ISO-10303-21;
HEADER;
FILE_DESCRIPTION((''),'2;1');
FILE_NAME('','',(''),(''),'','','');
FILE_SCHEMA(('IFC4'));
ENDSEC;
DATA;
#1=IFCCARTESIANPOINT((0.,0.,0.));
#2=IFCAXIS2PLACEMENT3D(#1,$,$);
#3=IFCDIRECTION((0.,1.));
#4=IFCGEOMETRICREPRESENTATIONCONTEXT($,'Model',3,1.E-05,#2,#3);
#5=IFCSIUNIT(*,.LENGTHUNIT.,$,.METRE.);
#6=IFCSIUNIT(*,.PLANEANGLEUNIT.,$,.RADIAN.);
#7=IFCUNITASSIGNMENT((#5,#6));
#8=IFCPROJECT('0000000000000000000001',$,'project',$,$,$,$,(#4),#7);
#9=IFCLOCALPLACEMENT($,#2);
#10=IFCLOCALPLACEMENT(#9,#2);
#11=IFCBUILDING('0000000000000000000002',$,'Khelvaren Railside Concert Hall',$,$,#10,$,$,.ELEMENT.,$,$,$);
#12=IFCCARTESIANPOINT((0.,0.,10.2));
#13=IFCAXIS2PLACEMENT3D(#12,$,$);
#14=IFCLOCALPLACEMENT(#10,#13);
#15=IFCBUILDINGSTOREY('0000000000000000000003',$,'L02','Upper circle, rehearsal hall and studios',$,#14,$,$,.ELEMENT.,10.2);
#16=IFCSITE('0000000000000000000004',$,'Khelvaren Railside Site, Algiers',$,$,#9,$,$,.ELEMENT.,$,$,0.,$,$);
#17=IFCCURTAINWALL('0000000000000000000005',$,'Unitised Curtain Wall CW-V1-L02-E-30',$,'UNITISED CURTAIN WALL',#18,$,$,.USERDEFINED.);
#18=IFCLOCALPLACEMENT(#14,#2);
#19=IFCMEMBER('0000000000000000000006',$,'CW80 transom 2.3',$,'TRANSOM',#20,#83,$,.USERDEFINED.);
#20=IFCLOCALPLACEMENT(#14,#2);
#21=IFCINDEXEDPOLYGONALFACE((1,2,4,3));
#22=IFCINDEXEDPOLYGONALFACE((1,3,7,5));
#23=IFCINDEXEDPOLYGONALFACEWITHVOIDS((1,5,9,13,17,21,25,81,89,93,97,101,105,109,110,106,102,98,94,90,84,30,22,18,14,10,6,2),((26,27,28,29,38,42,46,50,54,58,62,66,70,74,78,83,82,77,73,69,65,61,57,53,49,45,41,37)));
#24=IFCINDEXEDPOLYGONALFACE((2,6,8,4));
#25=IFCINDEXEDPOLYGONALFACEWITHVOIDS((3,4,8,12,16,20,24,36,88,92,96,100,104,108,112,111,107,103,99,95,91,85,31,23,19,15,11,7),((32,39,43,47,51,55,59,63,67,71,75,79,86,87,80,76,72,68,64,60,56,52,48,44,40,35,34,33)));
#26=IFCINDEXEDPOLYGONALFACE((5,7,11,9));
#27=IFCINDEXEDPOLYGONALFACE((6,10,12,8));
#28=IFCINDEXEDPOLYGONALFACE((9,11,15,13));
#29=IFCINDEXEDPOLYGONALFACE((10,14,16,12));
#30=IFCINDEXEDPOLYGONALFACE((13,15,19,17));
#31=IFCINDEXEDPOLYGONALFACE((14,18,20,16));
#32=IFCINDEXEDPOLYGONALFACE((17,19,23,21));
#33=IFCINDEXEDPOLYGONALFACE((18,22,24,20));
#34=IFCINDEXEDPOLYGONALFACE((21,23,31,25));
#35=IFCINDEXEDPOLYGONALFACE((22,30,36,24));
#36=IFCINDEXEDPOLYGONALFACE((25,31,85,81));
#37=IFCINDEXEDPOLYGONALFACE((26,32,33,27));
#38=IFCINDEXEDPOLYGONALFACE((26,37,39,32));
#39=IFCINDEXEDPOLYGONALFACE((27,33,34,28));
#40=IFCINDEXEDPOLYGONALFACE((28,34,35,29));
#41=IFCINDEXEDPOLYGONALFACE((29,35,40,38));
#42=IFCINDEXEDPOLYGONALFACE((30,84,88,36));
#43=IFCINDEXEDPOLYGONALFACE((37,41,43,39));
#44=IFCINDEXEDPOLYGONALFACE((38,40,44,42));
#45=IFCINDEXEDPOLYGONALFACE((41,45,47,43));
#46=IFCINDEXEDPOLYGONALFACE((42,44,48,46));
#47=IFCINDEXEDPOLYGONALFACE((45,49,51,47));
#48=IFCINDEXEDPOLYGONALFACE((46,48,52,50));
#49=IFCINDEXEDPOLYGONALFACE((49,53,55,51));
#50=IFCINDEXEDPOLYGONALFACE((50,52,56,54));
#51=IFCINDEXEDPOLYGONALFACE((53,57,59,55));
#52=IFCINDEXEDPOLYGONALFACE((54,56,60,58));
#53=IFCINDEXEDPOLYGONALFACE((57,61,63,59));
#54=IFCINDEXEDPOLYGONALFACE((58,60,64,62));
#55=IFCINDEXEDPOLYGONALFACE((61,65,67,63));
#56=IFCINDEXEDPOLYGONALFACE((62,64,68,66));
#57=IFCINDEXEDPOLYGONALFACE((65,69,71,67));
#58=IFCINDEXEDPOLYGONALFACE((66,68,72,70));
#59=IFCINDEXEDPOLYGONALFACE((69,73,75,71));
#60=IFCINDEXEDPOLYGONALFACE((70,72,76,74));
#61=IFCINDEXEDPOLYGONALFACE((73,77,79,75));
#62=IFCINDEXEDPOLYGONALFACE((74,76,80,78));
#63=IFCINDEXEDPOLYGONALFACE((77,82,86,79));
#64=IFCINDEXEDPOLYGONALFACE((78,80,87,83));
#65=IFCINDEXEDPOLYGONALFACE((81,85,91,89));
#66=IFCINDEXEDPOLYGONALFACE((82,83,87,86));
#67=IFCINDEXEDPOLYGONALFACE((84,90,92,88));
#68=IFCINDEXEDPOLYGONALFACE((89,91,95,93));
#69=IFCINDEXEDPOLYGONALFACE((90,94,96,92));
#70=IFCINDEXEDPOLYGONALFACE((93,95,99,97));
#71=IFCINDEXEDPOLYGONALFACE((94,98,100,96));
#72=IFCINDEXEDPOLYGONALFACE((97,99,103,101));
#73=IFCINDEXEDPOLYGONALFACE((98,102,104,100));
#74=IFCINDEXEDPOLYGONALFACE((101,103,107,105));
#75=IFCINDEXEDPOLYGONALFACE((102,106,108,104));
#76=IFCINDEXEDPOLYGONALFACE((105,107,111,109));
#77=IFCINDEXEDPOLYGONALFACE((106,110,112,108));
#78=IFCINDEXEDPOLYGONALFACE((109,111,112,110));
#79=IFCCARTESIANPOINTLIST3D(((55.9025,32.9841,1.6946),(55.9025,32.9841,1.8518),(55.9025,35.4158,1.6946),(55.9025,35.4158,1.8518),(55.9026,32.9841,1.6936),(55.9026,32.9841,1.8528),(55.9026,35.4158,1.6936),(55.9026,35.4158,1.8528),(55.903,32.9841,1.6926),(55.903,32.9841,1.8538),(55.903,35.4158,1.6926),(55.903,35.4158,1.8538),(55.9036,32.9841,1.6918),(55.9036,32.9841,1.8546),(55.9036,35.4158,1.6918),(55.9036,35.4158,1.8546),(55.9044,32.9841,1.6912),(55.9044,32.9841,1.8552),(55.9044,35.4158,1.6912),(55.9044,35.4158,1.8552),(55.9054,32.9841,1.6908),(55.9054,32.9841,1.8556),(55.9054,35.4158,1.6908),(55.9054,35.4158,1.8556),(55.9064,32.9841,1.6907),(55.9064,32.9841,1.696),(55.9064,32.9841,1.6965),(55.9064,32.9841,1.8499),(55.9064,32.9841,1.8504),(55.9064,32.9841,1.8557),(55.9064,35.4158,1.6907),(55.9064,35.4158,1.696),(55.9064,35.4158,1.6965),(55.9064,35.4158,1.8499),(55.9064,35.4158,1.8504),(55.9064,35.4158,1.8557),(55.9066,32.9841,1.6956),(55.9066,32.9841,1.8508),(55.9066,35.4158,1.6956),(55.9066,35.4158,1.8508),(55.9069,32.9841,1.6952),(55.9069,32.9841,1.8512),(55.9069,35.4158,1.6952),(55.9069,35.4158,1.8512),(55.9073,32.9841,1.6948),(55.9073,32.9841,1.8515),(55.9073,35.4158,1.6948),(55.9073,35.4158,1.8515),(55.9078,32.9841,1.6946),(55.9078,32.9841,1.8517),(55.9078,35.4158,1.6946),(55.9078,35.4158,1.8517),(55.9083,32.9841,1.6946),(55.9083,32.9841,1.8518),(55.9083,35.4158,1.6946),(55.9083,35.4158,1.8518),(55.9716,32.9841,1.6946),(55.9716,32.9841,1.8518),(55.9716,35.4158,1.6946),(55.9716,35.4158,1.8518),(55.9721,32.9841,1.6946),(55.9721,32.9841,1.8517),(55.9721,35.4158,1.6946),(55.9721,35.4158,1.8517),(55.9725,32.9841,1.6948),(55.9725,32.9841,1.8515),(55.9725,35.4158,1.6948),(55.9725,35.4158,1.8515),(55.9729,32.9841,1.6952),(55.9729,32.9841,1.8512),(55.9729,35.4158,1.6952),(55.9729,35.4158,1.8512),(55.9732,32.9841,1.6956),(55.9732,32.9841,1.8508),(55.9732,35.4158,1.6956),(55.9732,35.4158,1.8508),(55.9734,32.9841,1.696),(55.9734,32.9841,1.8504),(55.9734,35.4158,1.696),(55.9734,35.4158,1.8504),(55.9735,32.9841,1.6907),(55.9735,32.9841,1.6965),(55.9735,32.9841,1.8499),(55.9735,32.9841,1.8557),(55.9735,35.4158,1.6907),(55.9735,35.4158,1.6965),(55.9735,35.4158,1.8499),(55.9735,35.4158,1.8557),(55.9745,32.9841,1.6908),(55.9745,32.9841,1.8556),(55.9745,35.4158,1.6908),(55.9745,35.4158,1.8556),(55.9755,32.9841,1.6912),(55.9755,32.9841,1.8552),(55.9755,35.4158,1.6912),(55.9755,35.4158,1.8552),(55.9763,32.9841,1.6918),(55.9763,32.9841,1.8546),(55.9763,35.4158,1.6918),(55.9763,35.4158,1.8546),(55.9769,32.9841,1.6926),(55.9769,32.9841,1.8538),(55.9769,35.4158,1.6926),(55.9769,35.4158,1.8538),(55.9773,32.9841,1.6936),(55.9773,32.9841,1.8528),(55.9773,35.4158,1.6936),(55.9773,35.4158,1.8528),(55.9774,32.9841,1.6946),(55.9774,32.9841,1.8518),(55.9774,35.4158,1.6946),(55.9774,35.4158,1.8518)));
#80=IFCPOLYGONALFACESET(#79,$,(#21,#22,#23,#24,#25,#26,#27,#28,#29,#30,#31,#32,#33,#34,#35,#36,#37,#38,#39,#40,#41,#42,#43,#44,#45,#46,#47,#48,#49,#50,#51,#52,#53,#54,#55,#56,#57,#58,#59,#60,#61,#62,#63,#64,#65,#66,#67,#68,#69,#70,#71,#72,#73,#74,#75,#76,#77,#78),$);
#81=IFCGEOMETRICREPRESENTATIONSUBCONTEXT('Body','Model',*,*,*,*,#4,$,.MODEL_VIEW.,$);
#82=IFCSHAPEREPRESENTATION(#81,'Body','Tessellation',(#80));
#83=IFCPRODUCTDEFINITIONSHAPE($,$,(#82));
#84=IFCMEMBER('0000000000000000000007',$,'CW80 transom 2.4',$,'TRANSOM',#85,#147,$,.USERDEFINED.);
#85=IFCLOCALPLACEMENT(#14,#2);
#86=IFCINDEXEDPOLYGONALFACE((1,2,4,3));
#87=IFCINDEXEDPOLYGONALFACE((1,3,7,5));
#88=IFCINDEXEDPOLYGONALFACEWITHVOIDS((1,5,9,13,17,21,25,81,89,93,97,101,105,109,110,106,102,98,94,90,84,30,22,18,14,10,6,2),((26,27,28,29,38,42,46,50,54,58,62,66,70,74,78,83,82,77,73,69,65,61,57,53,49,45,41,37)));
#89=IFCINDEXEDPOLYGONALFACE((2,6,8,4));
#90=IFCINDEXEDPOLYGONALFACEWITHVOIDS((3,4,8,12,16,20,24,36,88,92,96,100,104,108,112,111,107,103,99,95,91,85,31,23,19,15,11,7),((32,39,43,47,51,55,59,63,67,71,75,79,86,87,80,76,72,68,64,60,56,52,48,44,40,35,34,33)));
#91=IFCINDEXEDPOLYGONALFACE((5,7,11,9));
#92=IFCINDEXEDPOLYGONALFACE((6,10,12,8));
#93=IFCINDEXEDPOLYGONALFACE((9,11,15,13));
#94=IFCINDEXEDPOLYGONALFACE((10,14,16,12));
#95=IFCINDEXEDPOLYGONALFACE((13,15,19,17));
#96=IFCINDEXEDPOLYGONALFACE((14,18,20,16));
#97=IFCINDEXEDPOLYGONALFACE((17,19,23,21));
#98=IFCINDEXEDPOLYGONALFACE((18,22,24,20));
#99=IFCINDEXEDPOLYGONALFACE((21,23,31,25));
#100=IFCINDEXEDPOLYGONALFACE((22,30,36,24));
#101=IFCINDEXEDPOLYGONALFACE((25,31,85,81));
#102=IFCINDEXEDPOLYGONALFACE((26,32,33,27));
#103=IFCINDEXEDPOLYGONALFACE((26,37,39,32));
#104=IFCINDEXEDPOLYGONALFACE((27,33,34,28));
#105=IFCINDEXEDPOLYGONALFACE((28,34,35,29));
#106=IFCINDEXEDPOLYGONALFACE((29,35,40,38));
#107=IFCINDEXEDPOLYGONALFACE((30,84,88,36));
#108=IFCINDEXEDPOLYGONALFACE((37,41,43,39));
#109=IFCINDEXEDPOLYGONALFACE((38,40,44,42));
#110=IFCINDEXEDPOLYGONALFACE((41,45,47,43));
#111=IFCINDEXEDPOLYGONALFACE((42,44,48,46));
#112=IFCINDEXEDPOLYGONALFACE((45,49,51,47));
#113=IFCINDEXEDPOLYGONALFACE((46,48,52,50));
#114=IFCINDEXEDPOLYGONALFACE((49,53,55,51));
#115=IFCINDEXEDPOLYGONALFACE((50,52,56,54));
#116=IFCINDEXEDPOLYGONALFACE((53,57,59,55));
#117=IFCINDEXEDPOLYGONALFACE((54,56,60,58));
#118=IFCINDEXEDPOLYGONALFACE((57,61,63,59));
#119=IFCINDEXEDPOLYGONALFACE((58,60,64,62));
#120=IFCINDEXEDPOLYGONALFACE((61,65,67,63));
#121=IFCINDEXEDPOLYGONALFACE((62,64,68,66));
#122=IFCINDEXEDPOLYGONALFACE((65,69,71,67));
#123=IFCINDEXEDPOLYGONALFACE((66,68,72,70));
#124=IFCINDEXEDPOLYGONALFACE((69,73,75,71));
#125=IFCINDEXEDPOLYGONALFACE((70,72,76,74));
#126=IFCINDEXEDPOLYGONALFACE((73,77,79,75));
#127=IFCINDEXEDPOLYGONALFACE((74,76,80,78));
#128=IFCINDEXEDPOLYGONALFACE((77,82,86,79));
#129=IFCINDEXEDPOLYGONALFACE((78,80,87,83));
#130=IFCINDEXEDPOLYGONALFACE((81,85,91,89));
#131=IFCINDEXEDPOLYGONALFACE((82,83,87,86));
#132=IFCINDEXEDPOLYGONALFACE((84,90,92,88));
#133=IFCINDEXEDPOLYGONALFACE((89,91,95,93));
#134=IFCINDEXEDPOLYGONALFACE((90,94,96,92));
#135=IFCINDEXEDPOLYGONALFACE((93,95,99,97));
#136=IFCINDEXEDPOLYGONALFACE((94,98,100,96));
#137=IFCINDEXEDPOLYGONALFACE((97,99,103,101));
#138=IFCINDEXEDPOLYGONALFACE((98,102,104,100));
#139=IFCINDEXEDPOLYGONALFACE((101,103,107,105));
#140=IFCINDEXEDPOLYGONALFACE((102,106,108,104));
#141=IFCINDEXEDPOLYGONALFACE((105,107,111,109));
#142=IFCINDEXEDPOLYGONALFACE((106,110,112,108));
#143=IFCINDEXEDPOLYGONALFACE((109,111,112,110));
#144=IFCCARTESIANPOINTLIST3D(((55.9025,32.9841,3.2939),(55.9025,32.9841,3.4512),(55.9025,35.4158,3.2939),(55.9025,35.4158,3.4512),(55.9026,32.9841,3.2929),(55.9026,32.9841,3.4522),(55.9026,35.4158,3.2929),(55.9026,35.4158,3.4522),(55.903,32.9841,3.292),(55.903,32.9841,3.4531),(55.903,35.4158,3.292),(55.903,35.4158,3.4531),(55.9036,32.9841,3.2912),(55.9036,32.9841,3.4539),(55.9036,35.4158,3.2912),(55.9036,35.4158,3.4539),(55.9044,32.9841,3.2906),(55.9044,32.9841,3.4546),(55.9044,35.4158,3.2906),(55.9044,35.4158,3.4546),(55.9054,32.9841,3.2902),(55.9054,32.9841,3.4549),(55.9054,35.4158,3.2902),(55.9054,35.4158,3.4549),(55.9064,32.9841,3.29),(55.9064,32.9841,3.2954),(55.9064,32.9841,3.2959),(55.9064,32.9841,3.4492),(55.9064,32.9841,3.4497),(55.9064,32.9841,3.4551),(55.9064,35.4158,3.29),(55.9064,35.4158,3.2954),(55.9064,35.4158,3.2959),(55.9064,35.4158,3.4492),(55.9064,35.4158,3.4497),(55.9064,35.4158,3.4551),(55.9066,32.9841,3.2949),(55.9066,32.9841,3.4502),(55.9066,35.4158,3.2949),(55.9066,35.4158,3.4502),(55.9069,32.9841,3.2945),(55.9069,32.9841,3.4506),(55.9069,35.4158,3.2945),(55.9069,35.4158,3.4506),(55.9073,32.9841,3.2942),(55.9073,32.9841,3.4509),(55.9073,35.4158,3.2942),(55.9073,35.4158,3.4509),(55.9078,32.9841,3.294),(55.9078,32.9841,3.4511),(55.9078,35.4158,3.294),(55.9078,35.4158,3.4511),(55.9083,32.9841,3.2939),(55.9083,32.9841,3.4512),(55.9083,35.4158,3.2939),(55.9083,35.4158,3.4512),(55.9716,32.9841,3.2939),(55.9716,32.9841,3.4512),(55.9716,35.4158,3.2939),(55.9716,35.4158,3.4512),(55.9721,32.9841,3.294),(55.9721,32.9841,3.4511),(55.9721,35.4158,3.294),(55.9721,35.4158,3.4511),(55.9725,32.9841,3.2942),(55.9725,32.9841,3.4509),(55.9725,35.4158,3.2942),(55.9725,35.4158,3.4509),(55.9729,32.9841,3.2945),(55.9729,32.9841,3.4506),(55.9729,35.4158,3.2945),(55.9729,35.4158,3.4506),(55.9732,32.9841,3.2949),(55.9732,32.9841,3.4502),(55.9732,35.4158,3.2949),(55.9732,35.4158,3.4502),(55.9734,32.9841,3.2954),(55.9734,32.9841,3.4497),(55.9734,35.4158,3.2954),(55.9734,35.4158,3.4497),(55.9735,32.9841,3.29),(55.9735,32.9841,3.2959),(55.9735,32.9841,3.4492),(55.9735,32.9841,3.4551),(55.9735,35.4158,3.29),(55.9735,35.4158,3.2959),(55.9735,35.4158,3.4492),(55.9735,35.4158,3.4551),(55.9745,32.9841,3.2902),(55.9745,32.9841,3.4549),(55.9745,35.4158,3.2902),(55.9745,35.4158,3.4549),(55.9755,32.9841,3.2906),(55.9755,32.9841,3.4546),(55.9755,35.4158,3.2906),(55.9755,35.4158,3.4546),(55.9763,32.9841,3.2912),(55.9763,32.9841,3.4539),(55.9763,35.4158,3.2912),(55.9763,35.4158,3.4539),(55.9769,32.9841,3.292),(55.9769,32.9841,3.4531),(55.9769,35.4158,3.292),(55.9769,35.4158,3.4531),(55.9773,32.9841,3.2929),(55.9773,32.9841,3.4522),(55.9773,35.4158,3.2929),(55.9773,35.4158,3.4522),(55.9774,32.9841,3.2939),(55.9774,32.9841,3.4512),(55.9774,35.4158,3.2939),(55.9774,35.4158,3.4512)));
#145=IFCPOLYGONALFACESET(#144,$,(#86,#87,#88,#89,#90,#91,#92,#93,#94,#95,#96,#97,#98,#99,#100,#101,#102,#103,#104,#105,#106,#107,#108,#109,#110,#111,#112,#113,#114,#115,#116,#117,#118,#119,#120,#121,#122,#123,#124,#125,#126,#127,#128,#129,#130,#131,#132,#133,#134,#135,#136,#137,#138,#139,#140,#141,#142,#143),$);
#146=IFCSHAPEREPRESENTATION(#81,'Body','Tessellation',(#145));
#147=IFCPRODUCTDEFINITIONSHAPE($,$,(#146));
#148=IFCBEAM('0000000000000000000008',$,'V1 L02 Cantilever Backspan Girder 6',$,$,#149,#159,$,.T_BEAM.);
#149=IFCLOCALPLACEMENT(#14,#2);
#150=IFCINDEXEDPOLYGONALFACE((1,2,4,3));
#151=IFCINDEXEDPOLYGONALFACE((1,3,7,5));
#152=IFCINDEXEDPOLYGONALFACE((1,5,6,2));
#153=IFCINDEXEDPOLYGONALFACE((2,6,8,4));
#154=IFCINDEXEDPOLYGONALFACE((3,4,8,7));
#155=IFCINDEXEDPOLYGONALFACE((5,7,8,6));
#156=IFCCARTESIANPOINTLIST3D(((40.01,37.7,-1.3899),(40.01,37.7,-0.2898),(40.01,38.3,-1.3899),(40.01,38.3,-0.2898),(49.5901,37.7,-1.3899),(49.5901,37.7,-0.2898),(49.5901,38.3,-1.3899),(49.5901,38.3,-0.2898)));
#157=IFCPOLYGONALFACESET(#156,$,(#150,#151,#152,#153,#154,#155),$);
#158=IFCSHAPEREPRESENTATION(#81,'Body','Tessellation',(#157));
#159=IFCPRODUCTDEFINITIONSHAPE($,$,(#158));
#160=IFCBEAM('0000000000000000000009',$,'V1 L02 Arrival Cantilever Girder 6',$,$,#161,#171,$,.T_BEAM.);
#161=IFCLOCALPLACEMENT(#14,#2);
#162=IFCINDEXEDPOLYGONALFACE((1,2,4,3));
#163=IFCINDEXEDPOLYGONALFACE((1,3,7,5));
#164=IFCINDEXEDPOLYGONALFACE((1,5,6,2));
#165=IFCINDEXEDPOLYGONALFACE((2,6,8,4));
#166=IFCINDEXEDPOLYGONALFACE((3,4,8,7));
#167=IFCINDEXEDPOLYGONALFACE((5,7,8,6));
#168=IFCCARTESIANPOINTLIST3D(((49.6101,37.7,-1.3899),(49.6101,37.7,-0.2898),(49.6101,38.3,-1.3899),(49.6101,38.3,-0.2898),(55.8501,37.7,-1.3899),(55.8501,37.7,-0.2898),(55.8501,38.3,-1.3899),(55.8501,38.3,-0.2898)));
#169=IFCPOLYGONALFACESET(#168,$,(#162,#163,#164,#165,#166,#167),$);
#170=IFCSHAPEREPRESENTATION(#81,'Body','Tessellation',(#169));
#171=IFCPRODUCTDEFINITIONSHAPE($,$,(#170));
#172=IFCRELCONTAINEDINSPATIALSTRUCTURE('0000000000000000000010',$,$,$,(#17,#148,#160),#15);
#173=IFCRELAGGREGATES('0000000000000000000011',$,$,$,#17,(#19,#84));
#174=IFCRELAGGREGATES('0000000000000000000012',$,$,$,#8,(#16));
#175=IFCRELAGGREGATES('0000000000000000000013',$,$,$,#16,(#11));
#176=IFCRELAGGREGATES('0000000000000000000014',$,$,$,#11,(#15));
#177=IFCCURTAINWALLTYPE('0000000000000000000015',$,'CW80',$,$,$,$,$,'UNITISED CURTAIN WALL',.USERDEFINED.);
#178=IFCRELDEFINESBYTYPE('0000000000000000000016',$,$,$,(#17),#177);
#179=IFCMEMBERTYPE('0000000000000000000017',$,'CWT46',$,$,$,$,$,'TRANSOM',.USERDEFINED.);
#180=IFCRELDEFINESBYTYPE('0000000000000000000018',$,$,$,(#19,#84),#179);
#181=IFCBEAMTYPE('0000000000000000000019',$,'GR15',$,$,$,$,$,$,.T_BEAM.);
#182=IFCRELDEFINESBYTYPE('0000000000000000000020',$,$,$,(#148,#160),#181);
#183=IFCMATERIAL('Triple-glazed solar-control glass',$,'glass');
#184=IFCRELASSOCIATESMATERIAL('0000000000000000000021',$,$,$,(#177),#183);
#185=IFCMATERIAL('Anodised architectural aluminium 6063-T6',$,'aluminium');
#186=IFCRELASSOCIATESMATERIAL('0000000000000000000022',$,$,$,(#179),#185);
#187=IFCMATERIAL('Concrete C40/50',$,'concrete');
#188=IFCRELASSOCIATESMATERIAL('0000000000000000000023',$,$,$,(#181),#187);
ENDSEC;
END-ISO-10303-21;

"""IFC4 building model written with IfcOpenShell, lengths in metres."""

from ifc_helpers import new_model, si_unit, direction, frame, origin, origin_2d, place, context, subcontext, project, spatial, rectangle, hollow_rectangle, extrude, material, material_profile, profile_set, type_object, element, aggregate, save


model = new_model("IFC4")

# Units and contexts
model_context = context("Model", 3, precision=1e-05, world=origin(), true_north=direction((0.0, 1.0)))
body_context = subcontext(model_context, "Body", "Model", "MODEL_VIEW")
ifc_project = project(units=[si_unit("LENGTHUNIT", "METRE"), si_unit("PLANEANGLEUNIT", "RADIAN")], contexts=[model_context])

# Site, building, storey
site_placement = place(None, origin())
site = spatial("IfcSite", under=ifc_project, at=site_placement, Name="Khelvaren Railside Site, Algiers", CompositionType="ELEMENT", RefElevation=0.0)
building_placement = place(site_placement, origin())
building = spatial("IfcBuilding", under=site, at=building_placement, Name="Khelvaren Railside Concert Hall", CompositionType="ELEMENT")
storey_placement = place(building_placement, frame((0.0, 0.0, 10.2)))
storey = spatial("IfcBuildingStorey", under=building, at=storey_placement, Name="L02", Description="Upper circle, rehearsal hall and studios", CompositionType="ELEMENT", Elevation=10.2)

# Curtain wall, members
ifc_material_1 = material(Name="Triple-glazed solar-control glass", Category="glass")
curtain_wall_type = type_object("IfcCurtainWallType", Name="CW80", ElementType="UNITISED CURTAIN WALL", PredefinedType="USERDEFINED", material=ifc_material_1)
curtain_wall_placement = place(storey_placement, origin())
curtain_wall = element("IfcCurtainWall", 1, at=curtain_wall_placement, inside=storey, type_object=curtain_wall_type, Name="Unitised Curtain Wall CW-V1-L02-E-30", ObjectType="UNITISED CURTAIN WALL", PredefinedType="USERDEFINED")
ifc_material_2 = material(Name="Anodised architectural aluminium 6063-T6", Category="aluminium")
ifc_material_profile_1 = material_profile(ifc_material_2, hollow_rectangle(XDim=0.075, YDim=0.165, WallThickness=0.0039, InnerFilletRadius=0.002, OuterFilletRadius=0.0039, at=origin_2d()), Name="CWT 75x165x4")
ifc_profile_set_1 = profile_set([ifc_material_profile_1], Name="Anodised architectural aluminium 6063-T6")
member_type_1 = type_object("IfcMemberType", Name="CWT46", ElementType="TRANSOM", PredefinedType="USERDEFINED", material=ifc_profile_set_1)
member_1_placement = place(storey_placement, frame((55.9399, 35.4158, 1.7732), z_axis=(0.0, -1.0, 0.0), x_axis=(1.0, 0.0, 0.0)))
member_1 = element("IfcMember", 2, at=member_1_placement, type_object=member_type_1, Name="CW80 transom 2.3", ObjectType="TRANSOM", PredefinedType="USERDEFINED", context=body_context, shape_type="SweptSolid", body=[
    extrude(hollow_rectangle(XDim=0.075, YDim=0.165, WallThickness=0.0039, InnerFilletRadius=0.002, OuterFilletRadius=0.0039, at=origin_2d()), origin(), (0.0, 0.0, 1.0), 2.4316),
])
member_2_placement = place(storey_placement, frame((55.9399, 35.4158, 3.3726), z_axis=(0.0, -1.0, 0.0), x_axis=(1.0, 0.0, 0.0)))
member_2 = element("IfcMember", 3, at=member_2_placement, type_object=member_type_1, Name="CW80 transom 2.4", ObjectType="TRANSOM", PredefinedType="USERDEFINED", context=body_context, shape_type="SweptSolid", body=[
    extrude(hollow_rectangle(XDim=0.075, YDim=0.165, WallThickness=0.0039, InnerFilletRadius=0.002, OuterFilletRadius=0.0039, at=origin_2d()), origin(), (0.0, 0.0, 1.0), 2.4316),
])

# Beams
ifc_material_3 = material(Name="Concrete C40/50", Category="concrete")
ifc_material_profile_2 = material_profile(ifc_material_3, rectangle(XDim=0.6001, YDim=1.1001, at=origin_2d()), Name="RCB 600x1100")
ifc_profile_set_2 = profile_set([ifc_material_profile_2], Name="Concrete C40/50")
beam_type_1 = type_object("IfcBeamType", Name="GR15", PredefinedType="T_BEAM", material=ifc_profile_set_2)
beam_1_placement = place(storey_placement, frame((40.01, 38.0, -0.8398), z_axis=(1.0, 0.0, 0.0), x_axis=(0.0, 1.0, 0.0)))
element("IfcBeam", 4, at=beam_1_placement, inside=storey, type_object=beam_type_1, Name="V1 L02 Cantilever Backspan Girder 6", PredefinedType="T_BEAM", context=body_context, shape_type="SweptSolid", body=[
    extrude(rectangle(XDim=0.6001, YDim=1.1001, at=origin_2d()), origin(), (0.0, 0.0, 1.0), 9.5801),
])
beam_2_placement = place(storey_placement, frame((49.6101, 38.0, -0.8398), z_axis=(1.0, 0.0, 0.0), x_axis=(0.0, 1.0, 0.0)))
element("IfcBeam", 5, at=beam_2_placement, inside=storey, type_object=beam_type_1, Name="V1 L02 Arrival Cantilever Girder 6", PredefinedType="T_BEAM", context=body_context, shape_type="SweptSolid", body=[
    extrude(rectangle(XDim=0.6001, YDim=1.1001, at=origin_2d()), origin(), (0.0, 0.0, 1.0), 6.24),
])

aggregate(curtain_wall, [member_1, member_2])

save(model, "model.ifc")
